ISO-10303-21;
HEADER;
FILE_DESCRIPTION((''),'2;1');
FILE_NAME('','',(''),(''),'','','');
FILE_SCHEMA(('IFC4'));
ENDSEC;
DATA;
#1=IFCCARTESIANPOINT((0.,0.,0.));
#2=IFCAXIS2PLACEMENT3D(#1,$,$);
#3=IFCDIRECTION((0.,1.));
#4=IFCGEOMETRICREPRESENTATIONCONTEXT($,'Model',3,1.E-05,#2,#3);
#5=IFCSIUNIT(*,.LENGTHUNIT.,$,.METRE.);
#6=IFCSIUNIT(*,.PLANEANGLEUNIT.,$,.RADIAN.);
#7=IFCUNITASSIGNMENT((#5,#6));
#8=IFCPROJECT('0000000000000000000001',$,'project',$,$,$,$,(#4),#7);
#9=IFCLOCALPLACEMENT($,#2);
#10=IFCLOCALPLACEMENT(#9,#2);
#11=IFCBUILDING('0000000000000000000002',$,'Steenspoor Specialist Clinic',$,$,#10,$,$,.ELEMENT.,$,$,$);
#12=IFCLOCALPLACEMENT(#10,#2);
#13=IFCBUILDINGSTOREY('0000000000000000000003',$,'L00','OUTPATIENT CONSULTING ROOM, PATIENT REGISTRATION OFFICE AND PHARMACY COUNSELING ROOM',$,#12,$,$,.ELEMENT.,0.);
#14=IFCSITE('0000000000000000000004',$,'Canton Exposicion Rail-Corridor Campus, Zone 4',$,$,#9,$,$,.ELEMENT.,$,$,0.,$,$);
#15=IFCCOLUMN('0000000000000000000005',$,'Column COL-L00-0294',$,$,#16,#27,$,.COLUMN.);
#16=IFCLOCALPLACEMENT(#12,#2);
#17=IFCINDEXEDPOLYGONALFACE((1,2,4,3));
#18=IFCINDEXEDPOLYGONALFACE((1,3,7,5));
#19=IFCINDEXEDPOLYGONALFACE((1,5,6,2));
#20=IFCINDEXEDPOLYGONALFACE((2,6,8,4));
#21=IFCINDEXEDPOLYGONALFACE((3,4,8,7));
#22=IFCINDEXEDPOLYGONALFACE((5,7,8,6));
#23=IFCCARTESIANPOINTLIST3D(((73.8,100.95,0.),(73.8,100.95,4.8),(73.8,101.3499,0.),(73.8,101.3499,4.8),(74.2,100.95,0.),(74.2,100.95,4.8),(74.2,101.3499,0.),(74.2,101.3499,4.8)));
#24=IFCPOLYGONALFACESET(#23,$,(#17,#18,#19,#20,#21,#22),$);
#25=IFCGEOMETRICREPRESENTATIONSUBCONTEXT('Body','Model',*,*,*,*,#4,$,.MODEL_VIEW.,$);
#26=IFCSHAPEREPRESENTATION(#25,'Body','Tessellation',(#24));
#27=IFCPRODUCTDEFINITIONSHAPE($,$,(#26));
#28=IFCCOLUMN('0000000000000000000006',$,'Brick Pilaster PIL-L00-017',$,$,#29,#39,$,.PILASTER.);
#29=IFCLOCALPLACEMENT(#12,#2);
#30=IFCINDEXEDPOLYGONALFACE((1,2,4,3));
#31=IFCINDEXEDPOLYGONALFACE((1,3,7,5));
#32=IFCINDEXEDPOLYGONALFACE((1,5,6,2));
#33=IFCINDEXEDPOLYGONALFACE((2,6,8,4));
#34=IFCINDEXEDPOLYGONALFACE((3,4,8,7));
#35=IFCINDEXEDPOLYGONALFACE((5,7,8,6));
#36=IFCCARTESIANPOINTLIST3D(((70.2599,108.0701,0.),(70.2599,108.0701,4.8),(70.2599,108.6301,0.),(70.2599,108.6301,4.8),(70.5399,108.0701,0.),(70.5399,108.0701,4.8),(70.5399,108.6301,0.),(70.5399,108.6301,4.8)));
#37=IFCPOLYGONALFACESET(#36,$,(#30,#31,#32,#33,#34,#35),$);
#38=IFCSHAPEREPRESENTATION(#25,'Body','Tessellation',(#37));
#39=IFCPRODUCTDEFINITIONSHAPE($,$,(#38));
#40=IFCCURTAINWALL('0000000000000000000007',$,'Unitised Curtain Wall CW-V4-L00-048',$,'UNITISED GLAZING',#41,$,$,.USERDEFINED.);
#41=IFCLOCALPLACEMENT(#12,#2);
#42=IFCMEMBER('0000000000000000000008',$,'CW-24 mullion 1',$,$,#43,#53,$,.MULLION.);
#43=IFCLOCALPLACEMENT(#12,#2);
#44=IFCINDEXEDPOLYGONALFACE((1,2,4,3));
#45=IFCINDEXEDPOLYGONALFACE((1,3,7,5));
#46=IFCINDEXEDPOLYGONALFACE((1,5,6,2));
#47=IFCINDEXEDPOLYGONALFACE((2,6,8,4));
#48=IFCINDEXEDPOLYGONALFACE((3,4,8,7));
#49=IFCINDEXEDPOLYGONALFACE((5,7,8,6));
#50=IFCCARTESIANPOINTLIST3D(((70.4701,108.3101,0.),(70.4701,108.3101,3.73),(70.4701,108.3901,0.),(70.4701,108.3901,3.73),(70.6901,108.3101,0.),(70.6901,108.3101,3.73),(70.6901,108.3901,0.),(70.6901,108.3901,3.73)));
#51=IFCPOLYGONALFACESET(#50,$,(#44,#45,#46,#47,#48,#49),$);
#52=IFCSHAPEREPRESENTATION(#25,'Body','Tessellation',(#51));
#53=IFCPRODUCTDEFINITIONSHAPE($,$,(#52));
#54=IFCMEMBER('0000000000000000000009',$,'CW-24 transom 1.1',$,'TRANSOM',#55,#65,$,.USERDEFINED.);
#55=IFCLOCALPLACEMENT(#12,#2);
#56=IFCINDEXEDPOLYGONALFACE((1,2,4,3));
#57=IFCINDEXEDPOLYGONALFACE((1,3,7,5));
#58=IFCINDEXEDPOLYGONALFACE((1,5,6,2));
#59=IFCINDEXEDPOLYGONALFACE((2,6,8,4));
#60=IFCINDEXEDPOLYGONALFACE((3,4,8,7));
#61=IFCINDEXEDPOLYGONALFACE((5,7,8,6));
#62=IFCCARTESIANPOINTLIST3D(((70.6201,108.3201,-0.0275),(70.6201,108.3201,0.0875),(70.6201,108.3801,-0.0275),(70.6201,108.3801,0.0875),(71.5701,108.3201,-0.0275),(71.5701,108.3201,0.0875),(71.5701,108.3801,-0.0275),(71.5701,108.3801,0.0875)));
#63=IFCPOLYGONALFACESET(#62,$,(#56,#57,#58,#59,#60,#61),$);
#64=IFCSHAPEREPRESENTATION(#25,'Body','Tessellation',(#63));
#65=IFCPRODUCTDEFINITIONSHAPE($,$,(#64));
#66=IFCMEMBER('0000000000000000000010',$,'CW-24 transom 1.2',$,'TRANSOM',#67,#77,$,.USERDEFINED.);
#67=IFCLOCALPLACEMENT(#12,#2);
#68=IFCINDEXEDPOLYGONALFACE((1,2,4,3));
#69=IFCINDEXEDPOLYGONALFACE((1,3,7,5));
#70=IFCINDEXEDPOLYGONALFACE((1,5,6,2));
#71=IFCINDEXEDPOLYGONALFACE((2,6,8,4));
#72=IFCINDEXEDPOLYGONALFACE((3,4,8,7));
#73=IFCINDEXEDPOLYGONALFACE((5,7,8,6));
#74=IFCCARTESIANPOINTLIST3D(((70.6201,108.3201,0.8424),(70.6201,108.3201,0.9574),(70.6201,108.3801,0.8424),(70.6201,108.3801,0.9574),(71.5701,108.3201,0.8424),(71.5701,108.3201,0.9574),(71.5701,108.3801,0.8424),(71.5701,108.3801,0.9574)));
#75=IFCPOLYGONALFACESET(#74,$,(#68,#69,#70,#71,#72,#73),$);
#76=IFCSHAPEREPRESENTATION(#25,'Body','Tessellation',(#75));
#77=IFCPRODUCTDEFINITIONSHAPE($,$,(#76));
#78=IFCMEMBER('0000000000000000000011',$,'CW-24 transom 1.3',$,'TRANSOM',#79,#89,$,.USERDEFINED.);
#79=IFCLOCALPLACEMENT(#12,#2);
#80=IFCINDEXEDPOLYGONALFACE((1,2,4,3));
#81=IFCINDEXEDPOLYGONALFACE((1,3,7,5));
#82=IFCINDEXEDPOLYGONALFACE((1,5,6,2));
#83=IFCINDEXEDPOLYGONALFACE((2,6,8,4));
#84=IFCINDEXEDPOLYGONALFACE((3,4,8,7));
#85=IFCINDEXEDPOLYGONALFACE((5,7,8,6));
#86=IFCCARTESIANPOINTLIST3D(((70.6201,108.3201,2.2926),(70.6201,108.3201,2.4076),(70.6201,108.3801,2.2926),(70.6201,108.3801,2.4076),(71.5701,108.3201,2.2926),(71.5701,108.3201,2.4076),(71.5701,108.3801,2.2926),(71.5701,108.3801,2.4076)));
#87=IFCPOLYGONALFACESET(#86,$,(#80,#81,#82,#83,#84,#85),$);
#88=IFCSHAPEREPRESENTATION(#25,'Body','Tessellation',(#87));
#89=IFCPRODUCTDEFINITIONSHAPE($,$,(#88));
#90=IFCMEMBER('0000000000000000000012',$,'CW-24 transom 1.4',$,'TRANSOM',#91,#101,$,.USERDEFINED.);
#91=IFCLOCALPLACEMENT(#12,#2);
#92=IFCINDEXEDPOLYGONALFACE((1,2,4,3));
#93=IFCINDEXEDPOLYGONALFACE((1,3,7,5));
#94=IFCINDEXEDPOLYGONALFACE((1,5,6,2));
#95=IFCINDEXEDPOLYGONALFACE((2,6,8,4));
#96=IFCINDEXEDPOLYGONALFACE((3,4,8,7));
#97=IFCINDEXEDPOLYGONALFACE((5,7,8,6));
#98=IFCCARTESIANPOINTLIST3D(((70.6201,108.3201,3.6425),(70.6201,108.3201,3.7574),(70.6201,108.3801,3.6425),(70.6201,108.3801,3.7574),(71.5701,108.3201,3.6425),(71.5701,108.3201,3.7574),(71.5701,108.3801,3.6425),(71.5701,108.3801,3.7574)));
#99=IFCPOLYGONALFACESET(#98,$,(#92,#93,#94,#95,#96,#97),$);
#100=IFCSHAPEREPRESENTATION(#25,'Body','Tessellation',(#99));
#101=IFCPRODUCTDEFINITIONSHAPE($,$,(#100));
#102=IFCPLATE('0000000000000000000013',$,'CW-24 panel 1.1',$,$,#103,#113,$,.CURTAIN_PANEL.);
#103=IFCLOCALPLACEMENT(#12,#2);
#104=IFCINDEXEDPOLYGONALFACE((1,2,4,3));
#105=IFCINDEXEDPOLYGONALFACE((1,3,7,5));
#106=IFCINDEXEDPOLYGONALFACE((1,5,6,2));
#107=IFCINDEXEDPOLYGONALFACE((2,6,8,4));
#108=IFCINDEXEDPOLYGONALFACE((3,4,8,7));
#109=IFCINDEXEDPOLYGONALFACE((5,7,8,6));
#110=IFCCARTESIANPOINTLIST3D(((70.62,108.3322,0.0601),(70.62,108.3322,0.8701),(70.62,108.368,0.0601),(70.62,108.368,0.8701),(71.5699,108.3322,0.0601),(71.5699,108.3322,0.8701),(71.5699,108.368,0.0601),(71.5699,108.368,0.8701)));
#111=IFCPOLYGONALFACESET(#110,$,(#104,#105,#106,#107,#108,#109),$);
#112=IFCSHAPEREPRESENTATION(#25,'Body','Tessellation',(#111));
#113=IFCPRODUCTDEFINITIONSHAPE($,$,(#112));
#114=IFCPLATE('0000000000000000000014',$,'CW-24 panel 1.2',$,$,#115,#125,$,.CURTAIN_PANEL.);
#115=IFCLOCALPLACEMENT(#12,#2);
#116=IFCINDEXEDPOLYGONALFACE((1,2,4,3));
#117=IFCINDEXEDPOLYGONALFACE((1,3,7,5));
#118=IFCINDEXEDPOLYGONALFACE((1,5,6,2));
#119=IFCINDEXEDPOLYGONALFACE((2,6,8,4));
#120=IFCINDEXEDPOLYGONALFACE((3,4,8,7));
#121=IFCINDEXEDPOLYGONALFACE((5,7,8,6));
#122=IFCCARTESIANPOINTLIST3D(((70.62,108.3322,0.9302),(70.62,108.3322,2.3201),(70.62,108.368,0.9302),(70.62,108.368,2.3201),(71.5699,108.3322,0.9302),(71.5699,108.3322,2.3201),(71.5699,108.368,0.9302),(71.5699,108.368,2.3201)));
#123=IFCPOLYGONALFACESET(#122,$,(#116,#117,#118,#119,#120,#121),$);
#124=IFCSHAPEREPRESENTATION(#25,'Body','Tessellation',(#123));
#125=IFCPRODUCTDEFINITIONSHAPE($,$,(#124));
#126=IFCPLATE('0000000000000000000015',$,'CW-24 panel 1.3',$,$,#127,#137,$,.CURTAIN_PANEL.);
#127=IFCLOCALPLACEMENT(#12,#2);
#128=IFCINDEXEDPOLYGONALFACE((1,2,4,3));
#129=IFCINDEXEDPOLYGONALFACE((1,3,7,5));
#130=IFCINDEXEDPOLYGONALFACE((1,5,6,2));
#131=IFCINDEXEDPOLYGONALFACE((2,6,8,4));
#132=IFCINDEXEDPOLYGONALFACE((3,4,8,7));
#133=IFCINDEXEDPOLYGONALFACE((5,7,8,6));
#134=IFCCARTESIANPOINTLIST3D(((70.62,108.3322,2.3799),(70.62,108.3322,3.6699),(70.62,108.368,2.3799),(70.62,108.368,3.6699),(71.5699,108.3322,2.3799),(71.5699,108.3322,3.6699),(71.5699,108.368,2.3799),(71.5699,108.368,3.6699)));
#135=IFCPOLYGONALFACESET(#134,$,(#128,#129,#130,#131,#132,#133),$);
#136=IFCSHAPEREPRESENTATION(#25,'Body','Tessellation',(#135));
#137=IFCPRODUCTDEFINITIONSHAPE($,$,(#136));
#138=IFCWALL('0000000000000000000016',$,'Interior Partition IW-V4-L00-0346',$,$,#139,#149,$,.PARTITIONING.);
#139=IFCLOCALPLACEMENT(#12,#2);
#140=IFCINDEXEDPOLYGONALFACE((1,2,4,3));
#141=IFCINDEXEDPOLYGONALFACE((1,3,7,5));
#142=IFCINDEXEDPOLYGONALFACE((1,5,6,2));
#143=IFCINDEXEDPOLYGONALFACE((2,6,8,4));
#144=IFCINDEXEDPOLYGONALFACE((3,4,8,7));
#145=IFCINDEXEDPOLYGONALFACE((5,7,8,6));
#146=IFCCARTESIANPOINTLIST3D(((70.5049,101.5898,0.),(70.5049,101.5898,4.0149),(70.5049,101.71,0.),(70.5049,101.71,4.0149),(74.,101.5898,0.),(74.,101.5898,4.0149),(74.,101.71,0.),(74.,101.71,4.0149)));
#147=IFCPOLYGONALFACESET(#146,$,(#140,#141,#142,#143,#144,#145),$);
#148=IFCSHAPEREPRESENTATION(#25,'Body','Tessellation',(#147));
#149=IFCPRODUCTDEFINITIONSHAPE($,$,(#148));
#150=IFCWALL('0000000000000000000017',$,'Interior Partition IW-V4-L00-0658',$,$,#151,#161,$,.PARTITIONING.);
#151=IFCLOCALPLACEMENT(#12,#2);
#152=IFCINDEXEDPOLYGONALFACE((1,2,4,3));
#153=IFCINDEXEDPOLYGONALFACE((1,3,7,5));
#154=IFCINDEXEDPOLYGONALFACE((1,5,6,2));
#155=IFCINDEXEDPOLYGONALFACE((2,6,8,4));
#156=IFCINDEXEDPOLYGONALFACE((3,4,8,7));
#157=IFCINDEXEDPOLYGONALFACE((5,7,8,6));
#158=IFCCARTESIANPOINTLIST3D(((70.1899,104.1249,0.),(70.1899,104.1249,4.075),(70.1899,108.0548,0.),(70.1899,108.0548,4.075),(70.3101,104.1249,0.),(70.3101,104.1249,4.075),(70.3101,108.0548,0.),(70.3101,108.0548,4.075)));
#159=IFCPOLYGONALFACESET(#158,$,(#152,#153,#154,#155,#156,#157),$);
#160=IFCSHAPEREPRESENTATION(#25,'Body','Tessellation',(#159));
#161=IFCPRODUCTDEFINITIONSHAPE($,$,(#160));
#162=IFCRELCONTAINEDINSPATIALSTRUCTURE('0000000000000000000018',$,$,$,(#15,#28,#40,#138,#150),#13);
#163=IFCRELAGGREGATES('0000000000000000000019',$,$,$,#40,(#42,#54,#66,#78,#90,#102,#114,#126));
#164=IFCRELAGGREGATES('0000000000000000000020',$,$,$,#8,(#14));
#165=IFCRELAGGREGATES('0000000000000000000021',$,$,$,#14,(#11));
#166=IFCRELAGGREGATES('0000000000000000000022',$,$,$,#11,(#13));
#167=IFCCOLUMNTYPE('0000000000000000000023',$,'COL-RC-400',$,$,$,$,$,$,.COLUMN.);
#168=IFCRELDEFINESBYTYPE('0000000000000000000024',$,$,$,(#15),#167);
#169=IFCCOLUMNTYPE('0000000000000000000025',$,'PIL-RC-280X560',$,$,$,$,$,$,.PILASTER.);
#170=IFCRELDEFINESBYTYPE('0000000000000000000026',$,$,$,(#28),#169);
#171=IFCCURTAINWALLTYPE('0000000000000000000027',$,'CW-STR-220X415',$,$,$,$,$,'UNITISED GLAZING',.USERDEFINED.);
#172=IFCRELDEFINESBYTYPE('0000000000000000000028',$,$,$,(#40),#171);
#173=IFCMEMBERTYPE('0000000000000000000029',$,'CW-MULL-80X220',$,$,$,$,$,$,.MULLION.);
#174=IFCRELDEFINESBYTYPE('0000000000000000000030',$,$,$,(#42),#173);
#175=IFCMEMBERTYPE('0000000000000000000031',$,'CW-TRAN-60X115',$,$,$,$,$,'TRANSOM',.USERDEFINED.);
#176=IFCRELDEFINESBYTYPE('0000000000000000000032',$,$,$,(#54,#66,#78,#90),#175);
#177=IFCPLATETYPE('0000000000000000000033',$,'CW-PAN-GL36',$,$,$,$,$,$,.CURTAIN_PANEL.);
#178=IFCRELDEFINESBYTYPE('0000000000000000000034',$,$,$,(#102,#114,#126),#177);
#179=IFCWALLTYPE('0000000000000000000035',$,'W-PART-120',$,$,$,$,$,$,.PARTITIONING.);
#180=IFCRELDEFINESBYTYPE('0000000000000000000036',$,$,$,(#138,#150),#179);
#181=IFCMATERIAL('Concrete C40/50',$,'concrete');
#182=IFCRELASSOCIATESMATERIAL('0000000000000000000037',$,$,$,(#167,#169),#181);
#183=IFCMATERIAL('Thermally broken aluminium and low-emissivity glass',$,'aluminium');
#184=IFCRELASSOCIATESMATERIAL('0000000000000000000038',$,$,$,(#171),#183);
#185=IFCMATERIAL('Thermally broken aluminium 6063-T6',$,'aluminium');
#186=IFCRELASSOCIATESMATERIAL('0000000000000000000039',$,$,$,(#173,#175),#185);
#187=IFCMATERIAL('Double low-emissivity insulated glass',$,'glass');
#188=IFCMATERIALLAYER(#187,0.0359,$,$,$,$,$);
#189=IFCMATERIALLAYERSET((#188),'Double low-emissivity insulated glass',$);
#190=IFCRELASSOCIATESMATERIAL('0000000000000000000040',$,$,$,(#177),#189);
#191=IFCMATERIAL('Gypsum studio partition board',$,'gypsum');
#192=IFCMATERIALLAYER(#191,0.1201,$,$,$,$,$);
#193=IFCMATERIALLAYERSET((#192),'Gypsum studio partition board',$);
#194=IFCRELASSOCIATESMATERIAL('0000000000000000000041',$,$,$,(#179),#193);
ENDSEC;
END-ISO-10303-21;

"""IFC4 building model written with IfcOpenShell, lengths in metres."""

from ifc_helpers import new_model, si_unit, direction, frame, frame_2d, origin, origin_2d, place, context, subcontext, project, spatial, rectangle, extrude, material, layer, layer_set, material_profile, profile_set, type_object, element, aggregate, save


model = new_model("IFC4")

# Units and contexts
model_context = context("Model", 3, precision=1e-05, world=origin(), true_north=direction((0.0, 1.0)))
body_context = subcontext(model_context, "Body", "Model", "MODEL_VIEW")
ifc_project = project(units=[si_unit("LENGTHUNIT", "METRE"), si_unit("PLANEANGLEUNIT", "RADIAN")], contexts=[model_context])

# Site, building, storey
site_placement = place(None, origin())
site = spatial("IfcSite", under=ifc_project, at=site_placement, Name="Canton Exposicion Rail-Corridor Campus, Zone 4", CompositionType="ELEMENT", RefElevation=0.0)
building_placement = place(site_placement, origin())
building = spatial("IfcBuilding", under=site, at=building_placement, Name="Steenspoor Specialist Clinic", CompositionType="ELEMENT")
storey_placement = place(building_placement, origin())
storey = spatial("IfcBuildingStorey", under=building, at=storey_placement, Name="L00", Description="OUTPATIENT CONSULTING ROOM, PATIENT REGISTRATION OFFICE AND PHARMACY COUNSELING ROOM", CompositionType="ELEMENT", Elevation=0.0)

# Columns
ifc_material_1 = material(Name="Concrete C40/50", Category="concrete")
ifc_material_profile_1 = material_profile(ifc_material_1, rectangle(XDim=0.3999, YDim=0.3999, at=origin_2d()), Name="RC-COL-400X400")
ifc_profile_set_1 = profile_set([ifc_material_profile_1], Name="Concrete C40/50")
column_type_1 = type_object("IfcColumnType", Name="COL-RC-400", PredefinedType="COLUMN", material=ifc_profile_set_1)
column_1_placement = place(storey_placement, frame((74.0, 101.1499, 0.0), z_axis=(0.0, 0.0, 1.0), x_axis=(1.0, 0.0, 0.0)))
element("IfcColumn", 1, at=column_1_placement, inside=storey, type_object=column_type_1, Name="Column COL-L00-0294", PredefinedType="COLUMN", context=body_context, shape_type="SweptSolid", body=[
    extrude(rectangle(XDim=0.3999, YDim=0.3999, at=origin_2d()), origin(), (0.0, 0.0, 1.0), 4.8),
])
ifc_material_profile_2 = material_profile(ifc_material_1, rectangle(XDim=0.28, YDim=0.5601, at=origin_2d()), Name="RC-PIL-280X560")
ifc_profile_set_2 = profile_set([ifc_material_profile_2], Name="Concrete C40/50")
column_type_2 = type_object("IfcColumnType", Name="PIL-RC-280X560", PredefinedType="PILASTER", material=ifc_profile_set_2)
column_2_placement = place(storey_placement, frame((70.3999, 108.3501, 0.0), z_axis=(0.0, 0.0, 1.0), x_axis=(1.0, 0.0, 0.0)))
element("IfcColumn", 2, at=column_2_placement, inside=storey, type_object=column_type_2, Name="Brick Pilaster PIL-L00-017", PredefinedType="PILASTER", context=body_context, shape_type="SweptSolid", body=[
    extrude(rectangle(XDim=0.28, YDim=0.5601, at=origin_2d()), origin(), (0.0, 0.0, 1.0), 4.8),
])

# Curtain wall, members, plates
ifc_material_2 = material(Name="Thermally broken aluminium and low-emissivity glass", Category="aluminium")
curtain_wall_type = type_object("IfcCurtainWallType", Name="CW-STR-220X415", ElementType="UNITISED GLAZING", PredefinedType="USERDEFINED", material=ifc_material_2)
curtain_wall_placement = place(storey_placement, origin())
curtain_wall = element("IfcCurtainWall", 3, at=curtain_wall_placement, inside=storey, type_object=curtain_wall_type, Name="Unitised Curtain Wall CW-V4-L00-048", ObjectType="UNITISED GLAZING", PredefinedType="USERDEFINED")
ifc_material_3 = material(Name="Thermally broken aluminium 6063-T6", Category="aluminium")
ifc_material_profile_3 = material_profile(ifc_material_3, rectangle(XDim=0.0801, YDim=0.22, at=origin_2d()), Name="CWM-80X220")
ifc_profile_set_3 = profile_set([ifc_material_profile_3], Name="Thermally broken aluminium 6063-T6")
member_type_1 = type_object("IfcMemberType", Name="CW-MULL-80X220", PredefinedType="MULLION", material=ifc_profile_set_3)
member_1_placement = place(storey_placement, frame((70.5801, 108.3501, 0.0), z_axis=(0.0, 0.0, 1.0), x_axis=(0.0, 1.0, 0.0)))
member_1 = element("IfcMember", 4, at=member_1_placement, type_object=member_type_1, Name="CW-24 mullion 1", PredefinedType="MULLION", context=body_context, shape_type="SweptSolid", body=[
    extrude(rectangle(XDim=0.0801, YDim=0.22, at=origin_2d()), origin(), (0.0, 0.0, 1.0), 3.73),
])
ifc_material_profile_4 = material_profile(ifc_material_3, rectangle(XDim=0.0601, YDim=0.115, at=origin_2d()), Name="CWT-60X115")
ifc_profile_set_4 = profile_set([ifc_material_profile_4], Name="Thermally broken aluminium 6063-T6")
member_type_2 = type_object("IfcMemberType", Name="CW-TRAN-60X115", ElementType="TRANSOM", PredefinedType="USERDEFINED", material=ifc_profile_set_4)
member_2_placement = place(storey_placement, frame((70.6201, 108.3501, 0.03), z_axis=(1.0, 0.0, 0.0), x_axis=(0.0, 1.0, 0.0)))
member_2 = element("IfcMember", 5, at=member_2_placement, type_object=member_type_2, Name="CW-24 transom 1.1", ObjectType="TRANSOM", PredefinedType="USERDEFINED", context=body_context, shape_type="SweptSolid", body=[
    extrude(rectangle(XDim=0.0601, YDim=0.115, at=origin_2d()), origin(), (0.0, 0.0, 1.0), 0.95),
])
member_3_placement = place(storey_placement, frame((70.6201, 108.3501, 0.8999), z_axis=(1.0, 0.0, 0.0), x_axis=(0.0, 1.0, 0.0)))
member_3 = element("IfcMember", 6, at=member_3_placement, type_object=member_type_2, Name="CW-24 transom 1.2", ObjectType="TRANSOM", PredefinedType="USERDEFINED", context=body_context, shape_type="SweptSolid", body=[
    extrude(rectangle(XDim=0.0601, YDim=0.115, at=origin_2d()), origin(), (0.0, 0.0, 1.0), 0.95),
])
member_4_placement = place(storey_placement, frame((70.6201, 108.3501, 2.3501), z_axis=(1.0, 0.0, 0.0), x_axis=(0.0, 1.0, 0.0)))
member_4 = element("IfcMember", 7, at=member_4_placement, type_object=member_type_2, Name="CW-24 transom 1.3", ObjectType="TRANSOM", PredefinedType="USERDEFINED", context=body_context, shape_type="SweptSolid", body=[
    extrude(rectangle(XDim=0.0601, YDim=0.115, at=origin_2d()), origin(), (0.0, 0.0, 1.0), 0.95),
])
member_5_placement = place(storey_placement, frame((70.6201, 108.3501, 3.7), z_axis=(1.0, 0.0, 0.0), x_axis=(0.0, 1.0, 0.0)))
member_5 = element("IfcMember", 8, at=member_5_placement, type_object=member_type_2, Name="CW-24 transom 1.4", ObjectType="TRANSOM", PredefinedType="USERDEFINED", context=body_context, shape_type="SweptSolid", body=[
    extrude(rectangle(XDim=0.0601, YDim=0.115, at=origin_2d()), origin(), (0.0, 0.0, 1.0), 0.95),
])
ifc_material_4 = material(Name="Double low-emissivity insulated glass", Category="glass")
ifc_layer_1 = layer(ifc_material_4, 0.0359)
ifc_layer_set_1 = layer_set([ifc_layer_1], Name="Double low-emissivity insulated glass")
plate_type = type_object("IfcPlateType", Name="CW-PAN-GL36", PredefinedType="CURTAIN_PANEL", material=ifc_layer_set_1)
plate_1_placement = place(storey_placement, frame((71.095, 108.3501, 0.0601), z_axis=(0.0, 0.0, 1.0), x_axis=(1.0, 0.0, 0.0)))
plate_1 = element("IfcPlate", 9, at=plate_1_placement, type_object=plate_type, Name="CW-24 panel 1.1", PredefinedType="CURTAIN_PANEL", context=body_context, shape_type="SweptSolid", body=[
    extrude(rectangle(XDim=0.95, YDim=0.0359, at=origin_2d()), origin(), (0.0, 0.0, 1.0), 0.8101),
])
plate_2_placement = place(storey_placement, frame((71.095, 108.3501, 0.9302), z_axis=(0.0, 0.0, 1.0), x_axis=(1.0, 0.0, 0.0)))
plate_2 = element("IfcPlate", 10, at=plate_2_placement, type_object=plate_type, Name="CW-24 panel 1.2", PredefinedType="CURTAIN_PANEL", context=body_context, shape_type="SweptSolid", body=[
    extrude(rectangle(XDim=0.95, YDim=0.0359, at=origin_2d()), origin(), (0.0, 0.0, 1.0), 1.3899),
])
plate_3_placement = place(storey_placement, frame((71.095, 108.3501, 2.3799), z_axis=(0.0, 0.0, 1.0), x_axis=(1.0, 0.0, 0.0)))
plate_3 = element("IfcPlate", 11, at=plate_3_placement, type_object=plate_type, Name="CW-24 panel 1.3", PredefinedType="CURTAIN_PANEL", context=body_context, shape_type="SweptSolid", body=[
    extrude(rectangle(XDim=0.95, YDim=0.0359, at=origin_2d()), origin(), (0.0, 0.0, 1.0), 1.29),
])
aggregate(curtain_wall, [member_1, member_2, member_3, member_4, member_5, plate_1, plate_2, plate_3])

# Wall
ifc_material_5 = material(Name="Gypsum studio partition board", Category="gypsum")
ifc_layer_2 = layer(ifc_material_5, 0.1201)
ifc_layer_set_2 = layer_set([ifc_layer_2], Name="Gypsum studio partition board")
wall_type = type_object("IfcWallType", Name="W-PART-120", PredefinedType="PARTITIONING", material=ifc_layer_set_2)
wall_1_placement = place(storey_placement, frame((70.5049, 101.6499, 0.0), z_axis=(0.0, 0.0, 1.0), x_axis=(1.0, 0.0, 0.0)))
element("IfcWall", 12, at=wall_1_placement, inside=storey, type_object=wall_type, Name="Interior Partition IW-V4-L00-0346", PredefinedType="PARTITIONING", context=body_context, shape_type="SweptSolid", body=[
    extrude(rectangle(XDim=3.4951, YDim=0.1201, at=frame_2d((1.7476, 0.0))), origin(), (0.0, 0.0, 1.0), 4.0149),
])

# Wall
wall_2_placement = place(storey_placement, frame((70.25, 104.125, 0.0), z_axis=(0.0, 0.0, 1.0), x_axis=(0.0, 1.0, 0.0)))
element("IfcWall", 13, at=wall_2_placement, inside=storey, type_object=wall_type, Name="Interior Partition IW-V4-L00-0658", PredefinedType="PARTITIONING", context=body_context, shape_type="SweptSolid", body=[
    extrude(rectangle(XDim=3.9299, YDim=0.1201, at=frame_2d((1.9648, 0.0))), origin(), (0.0, 0.0, 1.0), 4.075),
])

save(model, "model.ifc")
